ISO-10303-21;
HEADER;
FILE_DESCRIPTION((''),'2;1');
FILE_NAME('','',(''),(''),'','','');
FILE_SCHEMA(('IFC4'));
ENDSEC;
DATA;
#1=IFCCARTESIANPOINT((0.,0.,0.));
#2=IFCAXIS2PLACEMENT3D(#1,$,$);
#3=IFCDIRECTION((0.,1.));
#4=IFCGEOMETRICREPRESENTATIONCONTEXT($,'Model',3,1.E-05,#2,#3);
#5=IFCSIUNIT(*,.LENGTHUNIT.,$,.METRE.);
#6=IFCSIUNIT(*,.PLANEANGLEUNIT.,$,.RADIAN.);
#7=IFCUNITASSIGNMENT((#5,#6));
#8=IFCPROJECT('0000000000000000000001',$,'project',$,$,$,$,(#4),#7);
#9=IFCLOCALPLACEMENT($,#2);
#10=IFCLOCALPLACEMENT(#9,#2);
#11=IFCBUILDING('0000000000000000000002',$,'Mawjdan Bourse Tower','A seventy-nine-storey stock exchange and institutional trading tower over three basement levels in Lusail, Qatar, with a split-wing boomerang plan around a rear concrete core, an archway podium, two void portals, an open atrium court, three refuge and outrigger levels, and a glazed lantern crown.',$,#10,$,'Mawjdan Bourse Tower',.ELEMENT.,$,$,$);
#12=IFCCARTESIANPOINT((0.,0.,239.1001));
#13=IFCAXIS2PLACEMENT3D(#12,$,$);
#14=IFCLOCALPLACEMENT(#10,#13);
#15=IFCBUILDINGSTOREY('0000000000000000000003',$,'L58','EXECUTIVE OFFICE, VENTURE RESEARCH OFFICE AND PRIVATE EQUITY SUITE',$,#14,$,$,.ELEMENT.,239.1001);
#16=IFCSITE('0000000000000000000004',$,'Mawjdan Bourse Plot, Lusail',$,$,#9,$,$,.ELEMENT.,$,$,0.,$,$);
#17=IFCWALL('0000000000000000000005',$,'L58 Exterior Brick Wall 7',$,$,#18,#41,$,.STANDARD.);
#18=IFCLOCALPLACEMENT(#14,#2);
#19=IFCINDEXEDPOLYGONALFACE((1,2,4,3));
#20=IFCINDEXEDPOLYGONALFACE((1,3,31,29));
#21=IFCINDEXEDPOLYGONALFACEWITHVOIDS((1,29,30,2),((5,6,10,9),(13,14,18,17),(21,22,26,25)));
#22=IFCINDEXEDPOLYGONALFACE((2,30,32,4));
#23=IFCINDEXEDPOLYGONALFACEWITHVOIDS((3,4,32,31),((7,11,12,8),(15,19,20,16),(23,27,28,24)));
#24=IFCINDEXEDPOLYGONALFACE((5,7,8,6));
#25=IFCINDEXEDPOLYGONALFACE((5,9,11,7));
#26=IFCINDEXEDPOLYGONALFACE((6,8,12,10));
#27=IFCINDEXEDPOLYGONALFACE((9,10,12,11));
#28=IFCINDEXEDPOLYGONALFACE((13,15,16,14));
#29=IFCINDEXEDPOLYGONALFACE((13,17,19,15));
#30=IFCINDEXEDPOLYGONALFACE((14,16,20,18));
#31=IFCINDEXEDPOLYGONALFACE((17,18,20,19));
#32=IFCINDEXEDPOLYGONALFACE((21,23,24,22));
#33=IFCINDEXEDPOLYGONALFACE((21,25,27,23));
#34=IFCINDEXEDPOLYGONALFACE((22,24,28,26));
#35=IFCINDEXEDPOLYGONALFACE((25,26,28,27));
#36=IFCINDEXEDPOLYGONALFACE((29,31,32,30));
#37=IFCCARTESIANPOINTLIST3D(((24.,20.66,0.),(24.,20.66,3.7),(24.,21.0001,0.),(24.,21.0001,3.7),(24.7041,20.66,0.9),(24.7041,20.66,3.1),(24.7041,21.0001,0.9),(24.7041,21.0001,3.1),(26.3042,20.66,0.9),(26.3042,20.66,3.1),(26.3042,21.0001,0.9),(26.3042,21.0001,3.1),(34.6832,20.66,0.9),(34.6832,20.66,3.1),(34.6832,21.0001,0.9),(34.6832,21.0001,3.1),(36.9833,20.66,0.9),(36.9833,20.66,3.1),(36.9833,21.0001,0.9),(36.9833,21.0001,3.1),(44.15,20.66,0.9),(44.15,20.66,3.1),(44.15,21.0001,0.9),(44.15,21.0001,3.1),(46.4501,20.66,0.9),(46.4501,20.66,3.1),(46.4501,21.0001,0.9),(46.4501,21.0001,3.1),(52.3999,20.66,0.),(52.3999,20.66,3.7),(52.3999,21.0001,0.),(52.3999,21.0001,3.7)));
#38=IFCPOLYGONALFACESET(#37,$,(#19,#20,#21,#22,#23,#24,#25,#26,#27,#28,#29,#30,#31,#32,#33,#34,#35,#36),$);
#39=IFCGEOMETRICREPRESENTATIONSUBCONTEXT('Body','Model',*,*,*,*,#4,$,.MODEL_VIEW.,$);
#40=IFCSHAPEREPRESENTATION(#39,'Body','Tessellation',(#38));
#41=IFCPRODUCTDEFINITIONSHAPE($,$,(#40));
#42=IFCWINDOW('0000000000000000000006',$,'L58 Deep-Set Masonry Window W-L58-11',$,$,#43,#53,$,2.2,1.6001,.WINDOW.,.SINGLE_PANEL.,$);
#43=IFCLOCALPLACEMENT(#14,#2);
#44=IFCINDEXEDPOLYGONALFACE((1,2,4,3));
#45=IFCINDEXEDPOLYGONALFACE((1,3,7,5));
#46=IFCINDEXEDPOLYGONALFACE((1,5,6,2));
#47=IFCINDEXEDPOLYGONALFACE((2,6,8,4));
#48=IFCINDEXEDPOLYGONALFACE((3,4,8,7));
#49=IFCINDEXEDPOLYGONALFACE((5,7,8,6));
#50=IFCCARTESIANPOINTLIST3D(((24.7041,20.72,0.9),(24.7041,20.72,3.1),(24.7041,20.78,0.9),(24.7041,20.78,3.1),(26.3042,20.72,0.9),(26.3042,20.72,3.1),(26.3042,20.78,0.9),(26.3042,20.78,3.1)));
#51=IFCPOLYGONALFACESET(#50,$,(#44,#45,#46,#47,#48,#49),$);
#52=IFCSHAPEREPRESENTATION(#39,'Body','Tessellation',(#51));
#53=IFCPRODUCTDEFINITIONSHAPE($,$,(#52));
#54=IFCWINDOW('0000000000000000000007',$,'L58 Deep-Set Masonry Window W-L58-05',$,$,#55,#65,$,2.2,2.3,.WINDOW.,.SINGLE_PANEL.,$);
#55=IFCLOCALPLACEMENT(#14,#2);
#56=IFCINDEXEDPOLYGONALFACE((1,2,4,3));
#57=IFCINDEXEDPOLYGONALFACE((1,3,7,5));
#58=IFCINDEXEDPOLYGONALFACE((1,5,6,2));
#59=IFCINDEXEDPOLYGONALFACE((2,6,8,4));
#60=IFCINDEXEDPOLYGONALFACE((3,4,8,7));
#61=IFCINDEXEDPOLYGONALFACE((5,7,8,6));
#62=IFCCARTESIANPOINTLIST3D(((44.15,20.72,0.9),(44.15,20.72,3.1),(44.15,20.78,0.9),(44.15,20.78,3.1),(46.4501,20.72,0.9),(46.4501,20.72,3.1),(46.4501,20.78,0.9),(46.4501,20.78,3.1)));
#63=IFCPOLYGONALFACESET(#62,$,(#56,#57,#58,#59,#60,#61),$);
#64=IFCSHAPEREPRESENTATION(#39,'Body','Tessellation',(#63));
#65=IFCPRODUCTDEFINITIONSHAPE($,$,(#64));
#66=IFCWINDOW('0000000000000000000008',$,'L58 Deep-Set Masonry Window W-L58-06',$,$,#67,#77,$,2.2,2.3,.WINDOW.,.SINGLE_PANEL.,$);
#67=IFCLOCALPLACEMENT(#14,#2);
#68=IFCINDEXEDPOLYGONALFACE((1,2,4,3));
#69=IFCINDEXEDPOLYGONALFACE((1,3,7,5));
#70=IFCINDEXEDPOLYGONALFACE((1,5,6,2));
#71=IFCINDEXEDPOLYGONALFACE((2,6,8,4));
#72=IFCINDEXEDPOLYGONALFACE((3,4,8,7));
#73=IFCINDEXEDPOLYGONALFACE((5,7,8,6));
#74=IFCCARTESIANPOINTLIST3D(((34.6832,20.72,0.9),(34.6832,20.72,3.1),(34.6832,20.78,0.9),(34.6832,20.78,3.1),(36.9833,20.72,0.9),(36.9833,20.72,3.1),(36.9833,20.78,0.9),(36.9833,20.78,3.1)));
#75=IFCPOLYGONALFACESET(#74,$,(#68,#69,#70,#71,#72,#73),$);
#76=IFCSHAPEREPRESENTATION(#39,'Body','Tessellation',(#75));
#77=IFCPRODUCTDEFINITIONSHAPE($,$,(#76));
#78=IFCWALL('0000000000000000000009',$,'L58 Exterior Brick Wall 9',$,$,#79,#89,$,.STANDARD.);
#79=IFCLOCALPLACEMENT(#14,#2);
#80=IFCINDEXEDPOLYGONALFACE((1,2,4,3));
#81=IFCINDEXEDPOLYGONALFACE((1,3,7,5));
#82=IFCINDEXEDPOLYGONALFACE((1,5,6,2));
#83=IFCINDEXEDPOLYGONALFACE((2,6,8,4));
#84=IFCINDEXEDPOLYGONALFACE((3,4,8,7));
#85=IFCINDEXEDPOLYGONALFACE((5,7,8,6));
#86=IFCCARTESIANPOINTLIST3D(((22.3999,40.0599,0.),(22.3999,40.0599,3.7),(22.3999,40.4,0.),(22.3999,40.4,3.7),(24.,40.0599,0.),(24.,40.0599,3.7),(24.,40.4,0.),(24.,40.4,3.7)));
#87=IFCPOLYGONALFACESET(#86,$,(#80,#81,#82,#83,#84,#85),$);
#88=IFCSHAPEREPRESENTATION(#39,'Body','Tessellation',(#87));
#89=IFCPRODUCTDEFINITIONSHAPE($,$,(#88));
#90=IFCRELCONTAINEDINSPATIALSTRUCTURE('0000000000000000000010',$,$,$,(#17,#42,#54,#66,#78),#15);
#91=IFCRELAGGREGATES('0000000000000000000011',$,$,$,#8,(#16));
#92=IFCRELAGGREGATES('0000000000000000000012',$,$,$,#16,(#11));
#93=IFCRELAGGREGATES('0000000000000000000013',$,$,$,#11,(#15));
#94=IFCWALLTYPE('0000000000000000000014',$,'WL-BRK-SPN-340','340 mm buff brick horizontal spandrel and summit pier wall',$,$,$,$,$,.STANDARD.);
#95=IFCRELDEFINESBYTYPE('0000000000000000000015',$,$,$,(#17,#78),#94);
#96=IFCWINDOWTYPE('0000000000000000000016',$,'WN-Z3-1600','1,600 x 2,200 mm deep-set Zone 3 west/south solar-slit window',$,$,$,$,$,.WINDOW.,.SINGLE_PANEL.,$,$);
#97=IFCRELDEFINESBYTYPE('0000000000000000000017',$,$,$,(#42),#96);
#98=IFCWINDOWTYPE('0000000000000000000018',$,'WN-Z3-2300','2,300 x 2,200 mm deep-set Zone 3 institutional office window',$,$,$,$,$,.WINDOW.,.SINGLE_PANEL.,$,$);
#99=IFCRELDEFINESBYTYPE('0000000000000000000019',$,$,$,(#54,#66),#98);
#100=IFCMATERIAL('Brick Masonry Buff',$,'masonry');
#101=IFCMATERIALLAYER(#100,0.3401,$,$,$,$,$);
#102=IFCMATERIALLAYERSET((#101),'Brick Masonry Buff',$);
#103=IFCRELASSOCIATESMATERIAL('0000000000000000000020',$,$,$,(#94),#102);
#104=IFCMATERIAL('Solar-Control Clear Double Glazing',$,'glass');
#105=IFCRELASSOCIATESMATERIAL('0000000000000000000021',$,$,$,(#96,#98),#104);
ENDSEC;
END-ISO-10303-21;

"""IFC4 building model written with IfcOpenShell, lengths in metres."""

from ifc_helpers import new_model, si_unit, direction, frame, frame_2d, origin, place, context, subcontext, project, spatial, rectangle, extrude, material, layer, layer_set, type_object, element, fill, save


model = new_model("IFC4")

# Units and contexts
model_context = context("Model", 3, precision=1e-05, world=origin(), true_north=direction((0.0, 1.0)))
body_context = subcontext(model_context, "Body", "Model", "MODEL_VIEW")
ifc_project = project(units=[si_unit("LENGTHUNIT", "METRE"), si_unit("PLANEANGLEUNIT", "RADIAN")], contexts=[model_context])

# Site, building, storey
site_placement = place(None, origin())
site = spatial("IfcSite", under=ifc_project, at=site_placement, Name="Mawjdan Bourse Plot, Lusail", CompositionType="ELEMENT", RefElevation=0.0)
building_placement = place(site_placement, origin())
building = spatial("IfcBuilding", under=site, at=building_placement, Name="Mawjdan Bourse Tower", Description="A seventy-nine-storey stock exchange and institutional trading tower over three basement levels in Lusail, Qatar, with a split-wing boomerang plan around a rear concrete core, an archway podium, two void portals, an open atrium court, three refuge and outrigger levels, and a glazed lantern crown.", LongName="Mawjdan Bourse Tower", CompositionType="ELEMENT")
storey_placement = place(building_placement, frame((0.0, 0.0, 239.1001)))
storey = spatial("IfcBuildingStorey", under=building, at=storey_placement, Name="L58", Description="EXECUTIVE OFFICE, VENTURE RESEARCH OFFICE AND PRIVATE EQUITY SUITE", CompositionType="ELEMENT", Elevation=239.1001)

# Shared definitions
ifc_material_1 = material(Name="Brick Masonry Buff", Category="masonry")
ifc_layer = layer(ifc_material_1, 0.3401)
ifc_layer_set = layer_set([ifc_layer], Name="Brick Masonry Buff")
wall_type = type_object("IfcWallType", Name="WL-BRK-SPN-340", Description="340 mm buff brick horizontal spandrel and summit pier wall", PredefinedType="STANDARD", material=ifc_layer_set)

# Wall, openings, windows
wall_1_placement = place(storey_placement, frame((52.3999, 20.8301, 0.0), z_axis=(0.0, 0.0, 1.0), x_axis=(-1.0, 0.0, 0.0)))
wall_1 = element("IfcWall", 1, at=wall_1_placement, inside=storey, type_object=wall_type, Name="L58 Exterior Brick Wall 7", PredefinedType="STANDARD", context=body_context, shape_type="SweptSolid", body=[
    extrude(rectangle(XDim=28.3999, YDim=0.3401, at=frame_2d((14.2, 0.0))), origin(), (0.0, 0.0, 1.0), 3.7),
])
opening_1_placement = place(wall_1_placement, frame((5.95, 0.0, 0.8999)))
opening_1 = element("IfcOpeningElement", 2, at=opening_1_placement, cuts=wall_1, PredefinedType="OPENING", context=body_context, shape_type="SweptSolid", body=[
    extrude(rectangle(XDim=2.3, YDim=2.2, at=frame_2d((1.1499, 1.1001))), frame((0.0, 0.1802, 0.0), z_axis=(0.0, -1.0, 0.0), x_axis=(1.0, 0.0, 0.0)), (0.0, 0.0, 1.0), 0.3601),
])
opening_2_placement = place(wall_1_placement, frame((15.4167, 0.0, 0.8999)))
opening_2 = element("IfcOpeningElement", 3, at=opening_2_placement, cuts=wall_1, PredefinedType="OPENING", context=body_context, shape_type="SweptSolid", body=[
    extrude(rectangle(XDim=2.3, YDim=2.2, at=frame_2d((1.1499, 1.1001))), frame((0.0, 0.1802, 0.0), z_axis=(0.0, -1.0, 0.0), x_axis=(1.0, 0.0, 0.0)), (0.0, 0.0, 1.0), 0.3601),
])
opening_3_placement = place(wall_1_placement, frame((26.0957, 0.0, 0.8999)))
opening_3 = element("IfcOpeningElement", 4, at=opening_3_placement, cuts=wall_1, PredefinedType="OPENING", context=body_context, shape_type="SweptSolid", body=[
    extrude(rectangle(XDim=1.6001, YDim=2.2, at=frame_2d((0.8, 1.1001))), frame((0.0, 0.1802, 0.0), z_axis=(0.0, -1.0, 0.0), x_axis=(1.0, 0.0, 0.0)), (0.0, 0.0, 1.0), 0.3601),
])
ifc_material_2 = material(Name="Solar-Control Clear Double Glazing", Category="glass")
window_type_1 = type_object("IfcWindowType", Name="WN-Z3-1600", Description="1,600 x 2,200 mm deep-set Zone 3 west/south solar-slit window", PartitioningType="SINGLE_PANEL", PredefinedType="WINDOW", material=ifc_material_2)
window_1_placement = place(opening_3_placement, origin())
window_1 = element("IfcWindow", 5, at=window_1_placement, inside=storey, type_object=window_type_1, Name="L58 Deep-Set Masonry Window W-L58-11", OverallHeight=2.2, OverallWidth=1.6001, PartitioningType="SINGLE_PANEL", PredefinedType="WINDOW", context=body_context, shape_type="SweptSolid", body=[
    extrude(rectangle(XDim=1.6001, YDim=2.2, at=frame_2d((0.8, 1.1001))), frame((0.0, 0.1101, 0.0), z_axis=(0.0, -1.0, 0.0), x_axis=(1.0, 0.0, 0.0)), (0.0, 0.0, 1.0), 0.0601),
])
fill(opening_3, window_1)
window_type_2 = type_object("IfcWindowType", Name="WN-Z3-2300", Description="2,300 x 2,200 mm deep-set Zone 3 institutional office window", PartitioningType="SINGLE_PANEL", PredefinedType="WINDOW", material=ifc_material_2)
window_2_placement = place(opening_1_placement, origin())
window_2 = element("IfcWindow", 6, at=window_2_placement, inside=storey, type_object=window_type_2, Name="L58 Deep-Set Masonry Window W-L58-05", OverallHeight=2.2, OverallWidth=2.3, PartitioningType="SINGLE_PANEL", PredefinedType="WINDOW", context=body_context, shape_type="SweptSolid", body=[
    extrude(rectangle(XDim=2.3, YDim=2.2, at=frame_2d((1.1499, 1.1001))), frame((0.0, 0.1101, 0.0), z_axis=(0.0, -1.0, 0.0), x_axis=(1.0, 0.0, 0.0)), (0.0, 0.0, 1.0), 0.0601),
])
fill(opening_1, window_2)
window_3_placement = place(opening_2_placement, origin())
window_3 = element("IfcWindow", 7, at=window_3_placement, inside=storey, type_object=window_type_2, Name="L58 Deep-Set Masonry Window W-L58-06", OverallHeight=2.2, OverallWidth=2.3, PartitioningType="SINGLE_PANEL", PredefinedType="WINDOW", context=body_context, shape_type="SweptSolid", body=[
    extrude(rectangle(XDim=2.3, YDim=2.2, at=frame_2d((1.1499, 1.1001))), frame((0.0, 0.1101, 0.0), z_axis=(0.0, -1.0, 0.0), x_axis=(1.0, 0.0, 0.0)), (0.0, 0.0, 1.0), 0.0601),
])
fill(opening_2, window_3)

# Wall
wall_2_placement = place(storey_placement, frame((24.0, 40.23, 0.0), z_axis=(0.0, 0.0, 1.0), x_axis=(-1.0, 0.0, 0.0)))
element("IfcWall", 8, at=wall_2_placement, inside=storey, type_object=wall_type, Name="L58 Exterior Brick Wall 9", PredefinedType="STANDARD", context=body_context, shape_type="SweptSolid", body=[
    extrude(rectangle(XDim=1.6001, YDim=0.3401, at=frame_2d((0.8, 0.0))), origin(), (0.0, 0.0, 1.0), 3.7),
])

save(model, "model.ifc")
